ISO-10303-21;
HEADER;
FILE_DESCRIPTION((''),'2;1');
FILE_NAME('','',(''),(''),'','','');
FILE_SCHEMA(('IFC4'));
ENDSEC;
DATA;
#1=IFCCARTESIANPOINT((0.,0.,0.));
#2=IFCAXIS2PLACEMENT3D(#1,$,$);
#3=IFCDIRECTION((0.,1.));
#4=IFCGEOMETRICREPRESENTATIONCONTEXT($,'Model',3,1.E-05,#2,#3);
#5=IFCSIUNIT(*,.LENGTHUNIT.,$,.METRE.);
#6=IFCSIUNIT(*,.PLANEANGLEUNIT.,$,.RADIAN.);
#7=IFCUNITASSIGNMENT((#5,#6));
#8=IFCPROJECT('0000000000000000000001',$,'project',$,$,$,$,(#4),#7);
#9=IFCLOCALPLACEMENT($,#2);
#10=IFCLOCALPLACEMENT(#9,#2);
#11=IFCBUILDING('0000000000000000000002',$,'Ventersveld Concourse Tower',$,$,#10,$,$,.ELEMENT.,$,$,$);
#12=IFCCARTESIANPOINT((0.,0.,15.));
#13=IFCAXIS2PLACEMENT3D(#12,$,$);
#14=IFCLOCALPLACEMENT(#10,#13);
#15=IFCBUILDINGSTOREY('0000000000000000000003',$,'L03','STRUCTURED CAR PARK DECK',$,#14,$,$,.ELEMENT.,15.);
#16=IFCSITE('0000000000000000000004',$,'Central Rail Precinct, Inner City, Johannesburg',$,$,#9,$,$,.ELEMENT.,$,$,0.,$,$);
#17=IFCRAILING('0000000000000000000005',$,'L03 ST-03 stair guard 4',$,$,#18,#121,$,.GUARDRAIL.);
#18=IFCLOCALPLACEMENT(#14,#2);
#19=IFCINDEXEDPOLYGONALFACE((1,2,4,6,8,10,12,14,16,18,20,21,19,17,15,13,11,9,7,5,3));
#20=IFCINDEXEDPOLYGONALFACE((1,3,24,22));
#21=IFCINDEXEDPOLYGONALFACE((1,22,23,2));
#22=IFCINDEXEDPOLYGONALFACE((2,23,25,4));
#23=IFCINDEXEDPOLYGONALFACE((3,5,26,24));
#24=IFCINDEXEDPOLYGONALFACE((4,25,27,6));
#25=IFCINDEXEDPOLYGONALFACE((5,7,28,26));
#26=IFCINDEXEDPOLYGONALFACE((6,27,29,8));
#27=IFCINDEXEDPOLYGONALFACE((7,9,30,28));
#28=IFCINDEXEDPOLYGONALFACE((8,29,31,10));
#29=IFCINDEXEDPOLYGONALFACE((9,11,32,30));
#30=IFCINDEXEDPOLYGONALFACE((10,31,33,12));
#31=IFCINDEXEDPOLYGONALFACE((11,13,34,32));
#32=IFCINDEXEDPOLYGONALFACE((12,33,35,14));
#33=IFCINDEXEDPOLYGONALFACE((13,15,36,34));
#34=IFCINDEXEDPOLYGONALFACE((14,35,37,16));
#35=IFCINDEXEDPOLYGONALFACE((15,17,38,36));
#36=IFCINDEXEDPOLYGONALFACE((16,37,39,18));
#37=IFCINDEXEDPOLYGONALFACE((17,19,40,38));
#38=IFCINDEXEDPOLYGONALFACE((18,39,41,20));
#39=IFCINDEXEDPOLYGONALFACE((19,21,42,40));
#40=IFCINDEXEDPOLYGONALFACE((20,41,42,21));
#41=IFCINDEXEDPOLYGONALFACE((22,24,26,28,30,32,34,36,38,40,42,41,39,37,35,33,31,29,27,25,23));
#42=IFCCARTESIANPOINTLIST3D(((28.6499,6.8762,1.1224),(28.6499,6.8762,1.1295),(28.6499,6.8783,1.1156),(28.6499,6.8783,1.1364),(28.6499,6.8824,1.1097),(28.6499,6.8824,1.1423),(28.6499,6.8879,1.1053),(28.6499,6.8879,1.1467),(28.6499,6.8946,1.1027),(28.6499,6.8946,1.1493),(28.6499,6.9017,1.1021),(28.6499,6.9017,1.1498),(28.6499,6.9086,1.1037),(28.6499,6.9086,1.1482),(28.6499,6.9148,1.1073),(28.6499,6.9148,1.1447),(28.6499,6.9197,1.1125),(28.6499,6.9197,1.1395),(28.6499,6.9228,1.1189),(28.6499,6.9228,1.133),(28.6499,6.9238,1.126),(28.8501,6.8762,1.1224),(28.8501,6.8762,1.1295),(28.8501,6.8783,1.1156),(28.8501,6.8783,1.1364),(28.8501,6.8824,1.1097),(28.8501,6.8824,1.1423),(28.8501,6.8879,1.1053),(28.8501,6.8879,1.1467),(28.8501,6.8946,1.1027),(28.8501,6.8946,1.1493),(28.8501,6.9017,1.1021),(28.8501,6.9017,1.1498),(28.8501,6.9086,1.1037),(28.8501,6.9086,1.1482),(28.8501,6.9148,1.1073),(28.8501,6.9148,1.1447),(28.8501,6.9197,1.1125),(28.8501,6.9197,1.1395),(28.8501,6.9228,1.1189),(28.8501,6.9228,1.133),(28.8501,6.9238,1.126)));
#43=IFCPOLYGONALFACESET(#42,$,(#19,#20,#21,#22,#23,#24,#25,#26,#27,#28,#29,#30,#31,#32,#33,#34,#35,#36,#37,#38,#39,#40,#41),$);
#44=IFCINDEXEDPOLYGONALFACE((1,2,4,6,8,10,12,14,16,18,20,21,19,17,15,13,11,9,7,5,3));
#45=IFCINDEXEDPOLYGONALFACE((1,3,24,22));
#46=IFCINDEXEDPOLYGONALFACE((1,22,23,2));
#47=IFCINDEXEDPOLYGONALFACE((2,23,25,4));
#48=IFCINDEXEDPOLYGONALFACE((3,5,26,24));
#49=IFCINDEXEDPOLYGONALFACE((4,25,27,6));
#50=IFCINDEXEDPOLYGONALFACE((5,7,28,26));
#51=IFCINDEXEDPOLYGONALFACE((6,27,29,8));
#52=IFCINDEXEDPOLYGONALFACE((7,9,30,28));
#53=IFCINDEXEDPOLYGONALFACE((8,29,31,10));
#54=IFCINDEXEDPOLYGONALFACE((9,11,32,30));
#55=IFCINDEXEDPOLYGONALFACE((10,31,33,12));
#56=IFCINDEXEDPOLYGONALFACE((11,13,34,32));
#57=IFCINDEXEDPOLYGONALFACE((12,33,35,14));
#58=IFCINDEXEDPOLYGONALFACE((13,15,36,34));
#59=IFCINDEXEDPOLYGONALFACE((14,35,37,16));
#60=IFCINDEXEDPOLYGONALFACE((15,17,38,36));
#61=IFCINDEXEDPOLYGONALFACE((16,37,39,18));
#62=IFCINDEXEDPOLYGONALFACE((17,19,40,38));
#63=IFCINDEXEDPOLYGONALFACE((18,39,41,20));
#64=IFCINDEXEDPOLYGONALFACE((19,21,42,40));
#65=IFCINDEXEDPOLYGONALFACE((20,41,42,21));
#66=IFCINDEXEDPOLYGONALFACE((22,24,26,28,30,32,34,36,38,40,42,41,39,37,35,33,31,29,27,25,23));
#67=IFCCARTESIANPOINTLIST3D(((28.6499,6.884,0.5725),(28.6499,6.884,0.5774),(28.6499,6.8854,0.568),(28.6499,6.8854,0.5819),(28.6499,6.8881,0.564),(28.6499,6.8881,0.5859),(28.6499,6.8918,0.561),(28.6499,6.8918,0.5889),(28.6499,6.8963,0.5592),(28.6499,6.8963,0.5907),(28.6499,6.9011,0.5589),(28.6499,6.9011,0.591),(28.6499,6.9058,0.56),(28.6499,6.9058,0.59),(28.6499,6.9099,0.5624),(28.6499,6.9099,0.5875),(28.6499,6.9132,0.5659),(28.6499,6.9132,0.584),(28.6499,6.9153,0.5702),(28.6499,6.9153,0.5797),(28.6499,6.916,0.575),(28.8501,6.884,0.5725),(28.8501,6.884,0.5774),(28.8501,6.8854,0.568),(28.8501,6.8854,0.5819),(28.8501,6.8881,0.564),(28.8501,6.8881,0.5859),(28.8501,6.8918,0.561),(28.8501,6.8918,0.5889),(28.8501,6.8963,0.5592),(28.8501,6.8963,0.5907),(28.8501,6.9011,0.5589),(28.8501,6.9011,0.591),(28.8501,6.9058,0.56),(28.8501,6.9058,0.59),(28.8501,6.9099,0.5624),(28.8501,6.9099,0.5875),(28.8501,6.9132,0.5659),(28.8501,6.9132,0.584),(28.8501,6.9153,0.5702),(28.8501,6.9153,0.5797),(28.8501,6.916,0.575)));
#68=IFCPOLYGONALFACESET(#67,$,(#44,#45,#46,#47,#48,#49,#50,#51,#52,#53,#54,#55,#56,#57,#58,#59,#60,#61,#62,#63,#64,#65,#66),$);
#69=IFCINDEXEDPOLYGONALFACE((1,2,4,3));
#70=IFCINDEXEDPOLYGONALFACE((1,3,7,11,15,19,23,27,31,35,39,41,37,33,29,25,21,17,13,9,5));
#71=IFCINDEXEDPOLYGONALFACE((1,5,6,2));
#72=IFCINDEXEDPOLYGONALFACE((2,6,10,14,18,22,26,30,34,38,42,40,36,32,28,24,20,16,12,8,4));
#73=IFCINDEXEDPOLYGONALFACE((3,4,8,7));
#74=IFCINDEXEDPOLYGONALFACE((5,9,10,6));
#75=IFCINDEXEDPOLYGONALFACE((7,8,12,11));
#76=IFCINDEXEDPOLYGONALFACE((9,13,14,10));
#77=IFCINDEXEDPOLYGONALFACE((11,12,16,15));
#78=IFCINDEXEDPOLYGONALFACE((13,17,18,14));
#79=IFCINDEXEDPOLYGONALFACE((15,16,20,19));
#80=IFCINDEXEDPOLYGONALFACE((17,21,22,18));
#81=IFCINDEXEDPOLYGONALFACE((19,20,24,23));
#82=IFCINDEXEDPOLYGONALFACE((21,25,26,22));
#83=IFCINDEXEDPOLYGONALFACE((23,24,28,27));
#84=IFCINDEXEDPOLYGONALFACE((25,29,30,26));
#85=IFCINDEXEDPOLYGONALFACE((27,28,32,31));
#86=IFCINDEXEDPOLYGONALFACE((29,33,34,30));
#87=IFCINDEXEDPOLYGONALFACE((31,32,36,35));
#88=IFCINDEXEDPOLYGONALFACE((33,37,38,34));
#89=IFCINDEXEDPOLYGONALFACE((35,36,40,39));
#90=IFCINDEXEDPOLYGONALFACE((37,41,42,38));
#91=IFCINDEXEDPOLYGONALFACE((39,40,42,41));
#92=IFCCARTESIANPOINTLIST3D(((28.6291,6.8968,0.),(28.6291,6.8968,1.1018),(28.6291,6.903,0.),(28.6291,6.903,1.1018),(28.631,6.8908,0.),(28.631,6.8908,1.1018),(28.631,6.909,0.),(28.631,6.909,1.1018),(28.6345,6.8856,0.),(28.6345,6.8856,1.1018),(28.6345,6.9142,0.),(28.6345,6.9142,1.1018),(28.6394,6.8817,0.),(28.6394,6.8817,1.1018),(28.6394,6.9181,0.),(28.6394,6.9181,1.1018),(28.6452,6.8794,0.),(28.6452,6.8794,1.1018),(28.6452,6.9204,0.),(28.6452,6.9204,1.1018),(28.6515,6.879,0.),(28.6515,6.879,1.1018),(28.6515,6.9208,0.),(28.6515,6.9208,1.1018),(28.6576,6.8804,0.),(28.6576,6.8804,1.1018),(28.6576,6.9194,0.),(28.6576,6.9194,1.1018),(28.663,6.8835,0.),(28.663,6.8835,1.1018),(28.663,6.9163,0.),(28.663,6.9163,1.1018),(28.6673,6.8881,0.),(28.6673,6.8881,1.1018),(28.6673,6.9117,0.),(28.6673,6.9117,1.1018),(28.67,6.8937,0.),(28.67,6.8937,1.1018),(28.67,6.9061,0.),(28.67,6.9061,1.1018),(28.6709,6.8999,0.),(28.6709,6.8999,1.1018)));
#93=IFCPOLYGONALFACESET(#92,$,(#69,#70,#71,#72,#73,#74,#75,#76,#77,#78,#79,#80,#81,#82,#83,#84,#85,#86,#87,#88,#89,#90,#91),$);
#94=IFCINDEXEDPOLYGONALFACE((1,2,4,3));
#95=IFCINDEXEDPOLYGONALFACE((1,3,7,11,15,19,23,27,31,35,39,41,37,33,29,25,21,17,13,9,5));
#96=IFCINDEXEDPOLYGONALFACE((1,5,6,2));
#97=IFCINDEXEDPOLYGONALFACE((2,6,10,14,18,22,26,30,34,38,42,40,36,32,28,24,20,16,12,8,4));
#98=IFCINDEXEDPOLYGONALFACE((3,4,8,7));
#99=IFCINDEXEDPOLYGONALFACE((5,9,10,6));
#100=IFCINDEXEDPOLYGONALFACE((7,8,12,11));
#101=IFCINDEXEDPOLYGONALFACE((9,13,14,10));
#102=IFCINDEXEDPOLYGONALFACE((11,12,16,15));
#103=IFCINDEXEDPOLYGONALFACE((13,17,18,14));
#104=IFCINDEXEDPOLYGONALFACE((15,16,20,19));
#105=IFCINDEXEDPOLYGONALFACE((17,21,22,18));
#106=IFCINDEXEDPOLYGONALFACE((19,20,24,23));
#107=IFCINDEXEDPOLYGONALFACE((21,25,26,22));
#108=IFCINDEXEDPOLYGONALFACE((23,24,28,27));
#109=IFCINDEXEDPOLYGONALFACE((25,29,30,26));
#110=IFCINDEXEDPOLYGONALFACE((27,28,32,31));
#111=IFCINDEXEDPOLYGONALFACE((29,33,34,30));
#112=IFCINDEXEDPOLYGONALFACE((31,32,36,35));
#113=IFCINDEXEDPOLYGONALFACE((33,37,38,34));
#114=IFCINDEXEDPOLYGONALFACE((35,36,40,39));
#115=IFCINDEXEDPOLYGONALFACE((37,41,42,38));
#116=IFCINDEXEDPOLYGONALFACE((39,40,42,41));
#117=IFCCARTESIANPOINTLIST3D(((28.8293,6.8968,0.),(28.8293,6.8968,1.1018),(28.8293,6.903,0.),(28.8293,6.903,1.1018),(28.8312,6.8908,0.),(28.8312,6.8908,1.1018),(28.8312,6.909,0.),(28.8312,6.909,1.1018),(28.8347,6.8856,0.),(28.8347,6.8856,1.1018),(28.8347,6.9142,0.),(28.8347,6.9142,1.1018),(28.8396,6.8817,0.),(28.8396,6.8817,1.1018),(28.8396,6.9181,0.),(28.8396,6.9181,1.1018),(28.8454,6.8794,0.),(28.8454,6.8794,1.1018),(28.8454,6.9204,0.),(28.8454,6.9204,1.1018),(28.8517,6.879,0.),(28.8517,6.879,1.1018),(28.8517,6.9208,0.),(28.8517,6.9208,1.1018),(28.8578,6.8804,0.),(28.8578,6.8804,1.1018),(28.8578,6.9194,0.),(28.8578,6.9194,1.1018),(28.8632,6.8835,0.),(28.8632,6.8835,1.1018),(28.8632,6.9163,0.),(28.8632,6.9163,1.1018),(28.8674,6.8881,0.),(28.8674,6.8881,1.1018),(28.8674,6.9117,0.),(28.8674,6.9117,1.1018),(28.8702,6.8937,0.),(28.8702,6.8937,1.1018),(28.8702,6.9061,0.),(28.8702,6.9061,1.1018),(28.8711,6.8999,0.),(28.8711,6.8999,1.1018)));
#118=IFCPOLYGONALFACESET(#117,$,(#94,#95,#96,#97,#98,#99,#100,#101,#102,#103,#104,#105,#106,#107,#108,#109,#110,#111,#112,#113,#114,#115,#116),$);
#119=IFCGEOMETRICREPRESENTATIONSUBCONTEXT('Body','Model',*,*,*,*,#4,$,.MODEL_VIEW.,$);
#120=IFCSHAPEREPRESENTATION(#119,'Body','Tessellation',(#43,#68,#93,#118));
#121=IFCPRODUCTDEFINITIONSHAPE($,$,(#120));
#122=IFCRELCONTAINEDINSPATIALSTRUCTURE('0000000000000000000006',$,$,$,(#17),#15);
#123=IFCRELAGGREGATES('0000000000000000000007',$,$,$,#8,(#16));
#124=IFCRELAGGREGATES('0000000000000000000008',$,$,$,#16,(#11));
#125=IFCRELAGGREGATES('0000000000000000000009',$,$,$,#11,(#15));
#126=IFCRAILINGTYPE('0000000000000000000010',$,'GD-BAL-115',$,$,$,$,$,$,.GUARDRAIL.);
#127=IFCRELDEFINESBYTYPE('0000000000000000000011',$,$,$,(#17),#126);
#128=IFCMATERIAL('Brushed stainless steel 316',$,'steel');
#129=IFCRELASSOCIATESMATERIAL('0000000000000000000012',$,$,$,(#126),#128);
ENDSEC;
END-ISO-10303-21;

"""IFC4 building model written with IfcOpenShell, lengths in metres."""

from ifc_helpers import new_model, si_unit, direction, frame, origin, origin_2d, place, context, subcontext, project, spatial, circle, extrude, material, type_object, element, save


model = new_model("IFC4")

# Units and contexts
model_context = context("Model", 3, precision=1e-05, world=origin(), true_north=direction((0.0, 1.0)))
body_context = subcontext(model_context, "Body", "Model", "MODEL_VIEW")
ifc_project = project(units=[si_unit("LENGTHUNIT", "METRE"), si_unit("PLANEANGLEUNIT", "RADIAN")], contexts=[model_context])

# Site, building, storey
site_placement = place(None, origin())
site = spatial("IfcSite", under=ifc_project, at=site_placement, Name="Central Rail Precinct, Inner City, Johannesburg", CompositionType="ELEMENT", RefElevation=0.0)
building_placement = place(site_placement, origin())
building = spatial("IfcBuilding", under=site, at=building_placement, Name="Ventersveld Concourse Tower", CompositionType="ELEMENT")
storey_placement = place(building_placement, frame((0.0, 0.0, 15.0)))
storey = spatial("IfcBuildingStorey", under=building, at=storey_placement, Name="L03", Description="STRUCTURED CAR PARK DECK", CompositionType="ELEMENT", Elevation=15.0)

# Railing
ifc_material_1 = material(Name="Brushed stainless steel 316", Category="steel")
railing_type_1 = type_object("IfcRailingType", Name="GD-BAL-115", PredefinedType="GUARDRAIL", material=ifc_material_1)
railing_1_placement = place(storey_placement, frame((28.6499, 6.8999, 0.0)))
element("IfcRailing", 1, at=railing_1_placement, inside=storey, type_object=railing_type_1, Name="L03 ST-03 stair guard 4", PredefinedType="GUARDRAIL", context=body_context, shape_type="SweptSolid", body=[
    extrude(circle(Radius=0.0239, at=origin_2d()), frame((0.0, 0.0, 1.126), z_axis=(1.0, 0.0, 0.0), x_axis=(0.0, 1.0, 0.0)), (0.0, 0.0, 1.0), 0.2002),
    extrude(circle(Radius=0.0161, at=origin_2d()), frame((0.0, 0.0, 0.575), z_axis=(1.0, 0.0, 0.0), x_axis=(0.0, 1.0, 0.0)), (0.0, 0.0, 1.0), 0.2002),
    extrude(circle(Radius=0.021, at=origin_2d()), origin(), (0.0, 0.0, 1.0), 1.1018),
    extrude(circle(Radius=0.021, at=origin_2d()), frame((0.2002, 0.0, 0.0)), (0.0, 0.0, 1.0), 1.1018),
])

save(model, "model.ifc")
